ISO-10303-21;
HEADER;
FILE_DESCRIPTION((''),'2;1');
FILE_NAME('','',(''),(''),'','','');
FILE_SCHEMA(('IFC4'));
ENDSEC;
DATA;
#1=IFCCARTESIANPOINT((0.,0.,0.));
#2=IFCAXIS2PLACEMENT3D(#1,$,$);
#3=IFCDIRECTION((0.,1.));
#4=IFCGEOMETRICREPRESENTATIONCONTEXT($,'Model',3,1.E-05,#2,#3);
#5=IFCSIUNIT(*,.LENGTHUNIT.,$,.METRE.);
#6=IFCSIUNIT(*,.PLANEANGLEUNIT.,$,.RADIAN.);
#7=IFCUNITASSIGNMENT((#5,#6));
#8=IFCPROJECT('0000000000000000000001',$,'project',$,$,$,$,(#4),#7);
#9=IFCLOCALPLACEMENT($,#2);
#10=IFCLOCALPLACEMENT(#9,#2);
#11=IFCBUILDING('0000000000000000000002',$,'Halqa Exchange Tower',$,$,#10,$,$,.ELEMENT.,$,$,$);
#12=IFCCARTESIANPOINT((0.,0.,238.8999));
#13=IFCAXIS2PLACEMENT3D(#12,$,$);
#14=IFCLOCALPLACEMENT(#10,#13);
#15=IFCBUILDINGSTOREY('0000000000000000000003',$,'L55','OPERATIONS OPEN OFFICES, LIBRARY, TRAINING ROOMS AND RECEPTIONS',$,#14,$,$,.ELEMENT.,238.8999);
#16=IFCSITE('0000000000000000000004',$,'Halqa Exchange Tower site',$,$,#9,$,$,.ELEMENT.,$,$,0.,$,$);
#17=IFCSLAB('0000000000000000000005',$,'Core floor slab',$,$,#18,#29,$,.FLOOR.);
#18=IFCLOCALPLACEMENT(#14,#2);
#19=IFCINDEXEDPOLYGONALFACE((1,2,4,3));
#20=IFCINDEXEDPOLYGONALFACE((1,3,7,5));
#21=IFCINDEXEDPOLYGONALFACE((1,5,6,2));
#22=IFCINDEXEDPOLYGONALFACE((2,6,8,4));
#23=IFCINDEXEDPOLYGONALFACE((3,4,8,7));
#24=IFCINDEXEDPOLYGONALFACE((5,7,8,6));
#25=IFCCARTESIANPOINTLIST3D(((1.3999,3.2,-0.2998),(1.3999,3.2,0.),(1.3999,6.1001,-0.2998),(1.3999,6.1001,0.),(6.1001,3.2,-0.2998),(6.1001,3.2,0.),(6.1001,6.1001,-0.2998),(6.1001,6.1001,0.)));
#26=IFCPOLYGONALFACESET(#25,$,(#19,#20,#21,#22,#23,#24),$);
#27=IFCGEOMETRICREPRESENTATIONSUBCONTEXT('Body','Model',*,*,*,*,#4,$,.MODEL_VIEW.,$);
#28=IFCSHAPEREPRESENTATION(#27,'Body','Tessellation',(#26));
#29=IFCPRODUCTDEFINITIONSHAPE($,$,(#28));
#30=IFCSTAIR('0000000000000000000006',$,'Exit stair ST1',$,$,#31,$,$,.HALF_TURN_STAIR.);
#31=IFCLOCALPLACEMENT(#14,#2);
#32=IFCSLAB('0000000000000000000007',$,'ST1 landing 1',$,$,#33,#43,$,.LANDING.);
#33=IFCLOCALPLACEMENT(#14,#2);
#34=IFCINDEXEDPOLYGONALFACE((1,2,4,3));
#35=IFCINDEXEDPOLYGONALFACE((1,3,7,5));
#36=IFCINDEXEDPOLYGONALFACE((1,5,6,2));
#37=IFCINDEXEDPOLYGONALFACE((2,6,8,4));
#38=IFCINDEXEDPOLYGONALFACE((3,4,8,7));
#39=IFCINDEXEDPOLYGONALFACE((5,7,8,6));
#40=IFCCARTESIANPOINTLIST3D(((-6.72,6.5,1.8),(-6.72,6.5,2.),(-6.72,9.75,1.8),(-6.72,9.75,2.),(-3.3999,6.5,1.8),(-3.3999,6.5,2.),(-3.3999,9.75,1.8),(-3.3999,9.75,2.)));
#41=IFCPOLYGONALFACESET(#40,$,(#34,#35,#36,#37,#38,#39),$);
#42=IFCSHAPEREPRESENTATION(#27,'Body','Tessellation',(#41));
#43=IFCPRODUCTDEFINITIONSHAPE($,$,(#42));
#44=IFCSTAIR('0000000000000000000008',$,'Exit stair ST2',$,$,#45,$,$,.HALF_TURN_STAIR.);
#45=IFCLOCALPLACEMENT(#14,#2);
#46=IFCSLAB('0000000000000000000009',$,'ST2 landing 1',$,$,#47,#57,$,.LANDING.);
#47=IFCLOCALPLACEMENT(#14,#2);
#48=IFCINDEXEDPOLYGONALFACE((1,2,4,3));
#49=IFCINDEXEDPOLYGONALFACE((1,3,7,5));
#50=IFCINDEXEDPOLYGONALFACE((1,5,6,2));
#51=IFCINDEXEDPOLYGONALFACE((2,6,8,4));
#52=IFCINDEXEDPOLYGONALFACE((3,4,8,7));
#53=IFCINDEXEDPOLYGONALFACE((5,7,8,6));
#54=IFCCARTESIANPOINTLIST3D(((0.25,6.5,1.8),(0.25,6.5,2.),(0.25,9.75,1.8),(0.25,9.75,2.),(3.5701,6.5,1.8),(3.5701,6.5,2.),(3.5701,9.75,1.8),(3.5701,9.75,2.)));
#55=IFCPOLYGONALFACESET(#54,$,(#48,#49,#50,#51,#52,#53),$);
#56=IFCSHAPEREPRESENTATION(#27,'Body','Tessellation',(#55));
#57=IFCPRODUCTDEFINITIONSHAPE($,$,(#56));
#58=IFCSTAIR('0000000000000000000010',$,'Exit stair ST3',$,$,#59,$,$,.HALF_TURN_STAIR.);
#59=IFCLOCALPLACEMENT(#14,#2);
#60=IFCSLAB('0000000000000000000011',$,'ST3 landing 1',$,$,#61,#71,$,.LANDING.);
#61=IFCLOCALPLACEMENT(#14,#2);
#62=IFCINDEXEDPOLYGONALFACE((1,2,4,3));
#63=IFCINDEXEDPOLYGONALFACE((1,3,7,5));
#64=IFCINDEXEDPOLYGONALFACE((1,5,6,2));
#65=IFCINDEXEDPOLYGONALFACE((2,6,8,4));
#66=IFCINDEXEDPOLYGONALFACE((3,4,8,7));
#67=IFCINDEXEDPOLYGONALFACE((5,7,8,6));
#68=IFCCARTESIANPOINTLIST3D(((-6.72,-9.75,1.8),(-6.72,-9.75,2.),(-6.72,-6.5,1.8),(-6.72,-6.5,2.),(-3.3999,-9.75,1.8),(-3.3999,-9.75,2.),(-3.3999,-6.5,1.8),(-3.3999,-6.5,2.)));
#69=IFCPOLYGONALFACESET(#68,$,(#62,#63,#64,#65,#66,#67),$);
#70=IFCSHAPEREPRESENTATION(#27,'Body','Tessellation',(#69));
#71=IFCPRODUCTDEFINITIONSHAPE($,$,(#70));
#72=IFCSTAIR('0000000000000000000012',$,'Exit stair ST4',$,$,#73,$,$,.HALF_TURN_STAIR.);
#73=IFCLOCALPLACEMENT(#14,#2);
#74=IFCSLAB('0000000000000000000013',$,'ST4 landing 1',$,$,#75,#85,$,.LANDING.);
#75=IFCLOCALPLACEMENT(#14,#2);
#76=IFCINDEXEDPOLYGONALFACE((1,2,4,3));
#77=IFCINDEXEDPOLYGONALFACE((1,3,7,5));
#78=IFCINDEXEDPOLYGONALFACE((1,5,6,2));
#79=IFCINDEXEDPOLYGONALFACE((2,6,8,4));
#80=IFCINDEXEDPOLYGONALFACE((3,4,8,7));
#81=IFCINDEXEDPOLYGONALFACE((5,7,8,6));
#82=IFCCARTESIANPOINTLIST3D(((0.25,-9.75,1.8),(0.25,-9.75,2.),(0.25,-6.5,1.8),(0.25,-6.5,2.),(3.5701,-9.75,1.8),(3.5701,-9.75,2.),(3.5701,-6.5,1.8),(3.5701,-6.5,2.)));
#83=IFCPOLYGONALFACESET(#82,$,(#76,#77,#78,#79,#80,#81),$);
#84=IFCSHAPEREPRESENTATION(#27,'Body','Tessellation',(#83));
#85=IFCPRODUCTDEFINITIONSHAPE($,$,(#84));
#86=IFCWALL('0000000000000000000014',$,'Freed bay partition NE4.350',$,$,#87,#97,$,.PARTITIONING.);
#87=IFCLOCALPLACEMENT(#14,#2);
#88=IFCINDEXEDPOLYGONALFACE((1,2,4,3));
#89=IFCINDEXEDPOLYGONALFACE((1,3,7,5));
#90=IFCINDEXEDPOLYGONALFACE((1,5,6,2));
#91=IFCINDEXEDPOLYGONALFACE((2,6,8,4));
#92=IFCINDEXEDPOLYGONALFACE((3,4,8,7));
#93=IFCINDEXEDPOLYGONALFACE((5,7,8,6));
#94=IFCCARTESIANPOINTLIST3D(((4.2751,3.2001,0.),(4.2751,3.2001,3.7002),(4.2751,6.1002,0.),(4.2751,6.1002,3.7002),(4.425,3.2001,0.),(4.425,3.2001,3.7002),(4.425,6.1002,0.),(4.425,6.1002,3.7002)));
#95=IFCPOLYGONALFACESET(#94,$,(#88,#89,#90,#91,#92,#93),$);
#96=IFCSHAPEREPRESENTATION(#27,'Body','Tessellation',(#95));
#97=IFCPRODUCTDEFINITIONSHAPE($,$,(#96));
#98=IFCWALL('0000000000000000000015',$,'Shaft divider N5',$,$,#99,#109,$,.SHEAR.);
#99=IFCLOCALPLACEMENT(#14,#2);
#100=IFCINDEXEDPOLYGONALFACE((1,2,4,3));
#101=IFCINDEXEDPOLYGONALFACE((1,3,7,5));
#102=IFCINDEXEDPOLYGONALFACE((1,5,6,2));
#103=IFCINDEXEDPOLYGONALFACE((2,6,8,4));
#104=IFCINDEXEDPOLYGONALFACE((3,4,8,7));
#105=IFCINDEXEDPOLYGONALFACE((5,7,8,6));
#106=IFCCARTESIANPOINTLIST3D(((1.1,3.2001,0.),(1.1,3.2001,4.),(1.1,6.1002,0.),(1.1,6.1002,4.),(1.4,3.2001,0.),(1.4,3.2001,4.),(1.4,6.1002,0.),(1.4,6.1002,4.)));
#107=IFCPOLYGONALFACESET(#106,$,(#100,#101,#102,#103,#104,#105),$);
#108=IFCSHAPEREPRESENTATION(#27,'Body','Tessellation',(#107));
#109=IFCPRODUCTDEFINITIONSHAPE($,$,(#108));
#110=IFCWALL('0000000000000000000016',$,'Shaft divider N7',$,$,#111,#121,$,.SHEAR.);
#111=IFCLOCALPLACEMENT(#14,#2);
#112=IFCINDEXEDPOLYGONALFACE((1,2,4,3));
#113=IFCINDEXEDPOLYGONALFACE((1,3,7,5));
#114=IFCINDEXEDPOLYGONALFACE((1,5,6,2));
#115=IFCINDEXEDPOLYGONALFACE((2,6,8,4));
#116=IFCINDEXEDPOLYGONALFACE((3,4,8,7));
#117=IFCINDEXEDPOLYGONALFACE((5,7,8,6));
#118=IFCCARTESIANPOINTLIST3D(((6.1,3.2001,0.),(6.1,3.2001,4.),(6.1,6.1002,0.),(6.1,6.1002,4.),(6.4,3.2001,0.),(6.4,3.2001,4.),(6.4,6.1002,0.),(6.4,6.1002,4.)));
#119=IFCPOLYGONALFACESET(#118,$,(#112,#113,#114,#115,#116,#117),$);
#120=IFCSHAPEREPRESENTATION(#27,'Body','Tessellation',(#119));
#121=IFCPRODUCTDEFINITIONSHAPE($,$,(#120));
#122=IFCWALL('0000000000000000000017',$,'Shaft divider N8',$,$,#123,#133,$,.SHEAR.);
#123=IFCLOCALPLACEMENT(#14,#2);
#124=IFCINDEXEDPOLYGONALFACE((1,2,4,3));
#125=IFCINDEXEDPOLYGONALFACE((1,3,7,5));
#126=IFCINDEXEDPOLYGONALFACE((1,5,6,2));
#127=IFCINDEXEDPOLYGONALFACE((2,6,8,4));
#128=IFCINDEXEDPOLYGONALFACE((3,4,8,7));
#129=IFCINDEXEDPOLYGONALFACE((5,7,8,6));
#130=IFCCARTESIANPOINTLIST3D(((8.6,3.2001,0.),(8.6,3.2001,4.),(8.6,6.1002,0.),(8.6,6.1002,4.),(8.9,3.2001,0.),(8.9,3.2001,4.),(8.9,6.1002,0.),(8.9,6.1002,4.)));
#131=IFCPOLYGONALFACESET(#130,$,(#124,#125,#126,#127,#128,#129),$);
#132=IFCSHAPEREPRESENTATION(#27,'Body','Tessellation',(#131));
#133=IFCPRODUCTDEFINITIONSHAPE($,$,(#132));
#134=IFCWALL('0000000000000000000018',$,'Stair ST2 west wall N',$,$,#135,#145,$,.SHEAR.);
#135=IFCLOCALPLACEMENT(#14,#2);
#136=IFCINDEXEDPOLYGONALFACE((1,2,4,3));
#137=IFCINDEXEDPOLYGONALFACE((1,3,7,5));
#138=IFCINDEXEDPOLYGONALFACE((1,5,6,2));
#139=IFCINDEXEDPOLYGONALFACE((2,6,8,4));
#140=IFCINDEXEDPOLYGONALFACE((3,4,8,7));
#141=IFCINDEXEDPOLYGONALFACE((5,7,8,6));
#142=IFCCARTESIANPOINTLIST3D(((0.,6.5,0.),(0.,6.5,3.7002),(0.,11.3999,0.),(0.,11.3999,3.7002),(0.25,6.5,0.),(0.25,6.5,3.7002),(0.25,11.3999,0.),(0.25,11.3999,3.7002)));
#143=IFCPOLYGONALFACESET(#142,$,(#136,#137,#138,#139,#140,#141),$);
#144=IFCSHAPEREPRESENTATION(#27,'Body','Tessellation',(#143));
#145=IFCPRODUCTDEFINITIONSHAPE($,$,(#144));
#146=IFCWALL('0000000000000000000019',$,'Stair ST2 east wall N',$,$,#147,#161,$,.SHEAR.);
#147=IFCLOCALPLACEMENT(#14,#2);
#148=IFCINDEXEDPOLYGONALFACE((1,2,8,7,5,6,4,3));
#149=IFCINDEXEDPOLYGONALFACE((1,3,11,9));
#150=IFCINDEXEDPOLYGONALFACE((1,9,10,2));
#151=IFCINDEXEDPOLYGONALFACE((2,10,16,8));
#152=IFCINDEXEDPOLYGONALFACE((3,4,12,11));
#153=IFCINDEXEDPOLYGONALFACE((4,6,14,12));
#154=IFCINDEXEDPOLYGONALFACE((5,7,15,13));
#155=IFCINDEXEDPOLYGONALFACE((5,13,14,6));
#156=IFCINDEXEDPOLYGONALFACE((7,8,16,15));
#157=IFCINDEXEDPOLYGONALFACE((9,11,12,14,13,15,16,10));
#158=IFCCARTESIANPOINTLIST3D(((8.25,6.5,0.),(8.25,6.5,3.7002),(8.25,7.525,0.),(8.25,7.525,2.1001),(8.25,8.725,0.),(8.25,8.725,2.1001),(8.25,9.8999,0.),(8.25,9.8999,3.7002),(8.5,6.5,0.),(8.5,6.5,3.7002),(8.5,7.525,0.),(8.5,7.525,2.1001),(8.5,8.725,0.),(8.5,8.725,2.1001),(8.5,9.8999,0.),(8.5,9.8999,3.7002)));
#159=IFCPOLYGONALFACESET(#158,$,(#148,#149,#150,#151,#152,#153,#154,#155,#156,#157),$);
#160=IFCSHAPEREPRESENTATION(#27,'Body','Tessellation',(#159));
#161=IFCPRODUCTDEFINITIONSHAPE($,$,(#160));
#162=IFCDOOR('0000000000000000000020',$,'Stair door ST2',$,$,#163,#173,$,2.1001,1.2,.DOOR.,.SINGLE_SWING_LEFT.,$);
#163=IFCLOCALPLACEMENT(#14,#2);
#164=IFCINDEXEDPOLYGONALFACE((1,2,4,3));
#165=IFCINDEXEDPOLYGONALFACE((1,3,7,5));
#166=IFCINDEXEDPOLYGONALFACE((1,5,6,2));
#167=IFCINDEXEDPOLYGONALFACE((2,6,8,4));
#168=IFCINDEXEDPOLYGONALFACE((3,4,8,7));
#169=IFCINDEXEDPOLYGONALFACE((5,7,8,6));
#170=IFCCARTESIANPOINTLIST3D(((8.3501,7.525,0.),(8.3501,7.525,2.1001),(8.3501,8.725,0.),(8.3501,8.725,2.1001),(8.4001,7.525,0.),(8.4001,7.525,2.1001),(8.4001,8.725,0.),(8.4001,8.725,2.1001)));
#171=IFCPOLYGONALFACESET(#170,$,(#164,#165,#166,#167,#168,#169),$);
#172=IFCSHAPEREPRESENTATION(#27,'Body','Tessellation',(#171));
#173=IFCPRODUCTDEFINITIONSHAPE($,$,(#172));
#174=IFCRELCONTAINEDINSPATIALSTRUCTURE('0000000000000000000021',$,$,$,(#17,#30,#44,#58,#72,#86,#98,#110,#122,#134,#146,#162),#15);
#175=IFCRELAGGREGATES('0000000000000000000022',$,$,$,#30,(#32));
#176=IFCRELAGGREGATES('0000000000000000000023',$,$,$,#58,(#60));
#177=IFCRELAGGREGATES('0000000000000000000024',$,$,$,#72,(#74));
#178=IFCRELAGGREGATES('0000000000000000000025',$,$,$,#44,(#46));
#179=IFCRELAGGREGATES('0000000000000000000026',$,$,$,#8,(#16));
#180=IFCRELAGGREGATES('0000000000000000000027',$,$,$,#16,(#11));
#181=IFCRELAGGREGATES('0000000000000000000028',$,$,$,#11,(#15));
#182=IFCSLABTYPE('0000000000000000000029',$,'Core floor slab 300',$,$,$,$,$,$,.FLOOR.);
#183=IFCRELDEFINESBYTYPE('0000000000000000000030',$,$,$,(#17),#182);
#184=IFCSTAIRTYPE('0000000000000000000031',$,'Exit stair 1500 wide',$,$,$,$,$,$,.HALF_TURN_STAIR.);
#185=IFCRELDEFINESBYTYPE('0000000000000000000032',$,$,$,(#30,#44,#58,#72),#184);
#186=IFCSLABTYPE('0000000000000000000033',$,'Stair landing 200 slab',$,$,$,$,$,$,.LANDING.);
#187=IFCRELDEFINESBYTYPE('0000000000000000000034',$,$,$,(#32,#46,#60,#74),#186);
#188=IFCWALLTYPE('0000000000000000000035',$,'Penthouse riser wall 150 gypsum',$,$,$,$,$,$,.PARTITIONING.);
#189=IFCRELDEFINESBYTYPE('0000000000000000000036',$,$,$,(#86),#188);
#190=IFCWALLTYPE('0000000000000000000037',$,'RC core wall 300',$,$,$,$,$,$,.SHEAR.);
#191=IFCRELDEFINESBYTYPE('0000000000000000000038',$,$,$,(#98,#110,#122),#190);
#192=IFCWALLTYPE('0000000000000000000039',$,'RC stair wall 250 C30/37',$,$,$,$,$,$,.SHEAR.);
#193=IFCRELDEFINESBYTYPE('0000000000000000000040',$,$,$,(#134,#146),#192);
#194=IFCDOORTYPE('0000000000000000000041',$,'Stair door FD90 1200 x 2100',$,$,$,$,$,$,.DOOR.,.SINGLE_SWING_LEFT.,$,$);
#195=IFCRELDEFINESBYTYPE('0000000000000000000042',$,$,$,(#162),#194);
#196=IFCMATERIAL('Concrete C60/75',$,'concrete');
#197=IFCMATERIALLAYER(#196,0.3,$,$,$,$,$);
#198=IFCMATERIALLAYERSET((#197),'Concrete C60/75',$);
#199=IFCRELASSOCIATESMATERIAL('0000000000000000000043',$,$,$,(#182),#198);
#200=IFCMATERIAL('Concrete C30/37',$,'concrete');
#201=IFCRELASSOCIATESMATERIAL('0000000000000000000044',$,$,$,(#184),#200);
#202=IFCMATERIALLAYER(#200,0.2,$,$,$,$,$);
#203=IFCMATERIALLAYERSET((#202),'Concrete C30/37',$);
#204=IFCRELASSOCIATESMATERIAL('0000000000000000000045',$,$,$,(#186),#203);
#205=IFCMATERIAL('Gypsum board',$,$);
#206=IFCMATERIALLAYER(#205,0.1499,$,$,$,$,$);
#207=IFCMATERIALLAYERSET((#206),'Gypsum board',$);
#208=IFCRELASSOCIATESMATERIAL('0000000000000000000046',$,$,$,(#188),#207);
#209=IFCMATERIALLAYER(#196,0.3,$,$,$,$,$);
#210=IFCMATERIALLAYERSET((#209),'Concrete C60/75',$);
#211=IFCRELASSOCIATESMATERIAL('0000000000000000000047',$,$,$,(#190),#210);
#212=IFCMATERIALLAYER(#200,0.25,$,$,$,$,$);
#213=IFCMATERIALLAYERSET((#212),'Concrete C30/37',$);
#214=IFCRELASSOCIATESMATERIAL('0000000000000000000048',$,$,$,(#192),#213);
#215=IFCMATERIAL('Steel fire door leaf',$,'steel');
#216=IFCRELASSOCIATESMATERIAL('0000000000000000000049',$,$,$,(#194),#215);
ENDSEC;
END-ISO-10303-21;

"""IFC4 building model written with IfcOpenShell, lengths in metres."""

from ifc_helpers import new_model, si_unit, direction, frame, frame_2d, origin, place, context, subcontext, project, spatial, polyline, rectangle, outline, extrude, material, layer, layer_set, type_object, element, fill, aggregate, save


model = new_model("IFC4")

# Units and contexts
model_context = context("Model", 3, precision=1e-05, world=origin(), true_north=direction((0.0, 1.0)))
body_context = subcontext(model_context, "Body", "Model", "MODEL_VIEW")
ifc_project = project(units=[si_unit("LENGTHUNIT", "METRE"), si_unit("PLANEANGLEUNIT", "RADIAN")], contexts=[model_context])

# Site, building, storey
site_placement = place(None, origin())
site = spatial("IfcSite", under=ifc_project, at=site_placement, Name="Halqa Exchange Tower site", CompositionType="ELEMENT", RefElevation=0.0)
building_placement = place(site_placement, origin())
building = spatial("IfcBuilding", under=site, at=building_placement, Name="Halqa Exchange Tower", CompositionType="ELEMENT")
storey_placement = place(building_placement, frame((0.0, 0.0, 238.8999)))
storey = spatial("IfcBuildingStorey", under=building, at=storey_placement, Name="L55", Description="OPERATIONS OPEN OFFICES, LIBRARY, TRAINING ROOMS AND RECEPTIONS", CompositionType="ELEMENT", Elevation=238.8999)

# Slab
ifc_material_1 = material(Name="Concrete C60/75", Category="concrete")
ifc_layer_1 = layer(ifc_material_1, 0.3)
ifc_layer_set_1 = layer_set([ifc_layer_1], Name="Concrete C60/75")
slab_type_1 = type_object("IfcSlabType", Name="Core floor slab 300", PredefinedType="FLOOR", material=ifc_layer_set_1)
slab_1_placement = place(storey_placement, frame((0.0, 0.0, -0.2998)))
element("IfcSlab", 1, at=slab_1_placement, inside=storey, type_object=slab_type_1, Name="Core floor slab", PredefinedType="FLOOR", context=body_context, shape_type="SweptSolid", body=[
    extrude(outline(polyline([(6.1001, 6.1001), (6.1001, 3.2), (1.3999, 3.2), (1.3999, 6.1001), (6.1001, 6.1001)])), origin(), (0.0, 0.0, 1.0), 0.2998),
])

# Stairs, slabs
ifc_material_2 = material(Name="Concrete C30/37", Category="concrete")
stair_type = type_object("IfcStairType", Name="Exit stair 1500 wide", PredefinedType="HALF_TURN_STAIR", material=ifc_material_2)
stair_1_placement = place(storey_placement, origin())
stair_1 = element("IfcStair", 2, at=stair_1_placement, inside=storey, type_object=stair_type, Name="Exit stair ST1", PredefinedType="HALF_TURN_STAIR")
ifc_layer_2 = layer(ifc_material_2, 0.2)
ifc_layer_set_2 = layer_set([ifc_layer_2], Name="Concrete C30/37")
slab_type_2 = type_object("IfcSlabType", Name="Stair landing 200 slab", PredefinedType="LANDING", material=ifc_layer_set_2)
slab_2_placement = place(storey_placement, frame((0.0, 0.0, 1.8)))
slab_2 = element("IfcSlab", 3, at=slab_2_placement, type_object=slab_type_2, Name="ST1 landing 1", PredefinedType="LANDING", context=body_context, shape_type="SweptSolid", body=[
    extrude(outline(polyline([(-6.72, 6.5), (-3.3999, 6.5), (-3.3999, 9.75), (-6.72, 9.75), (-6.72, 6.5)])), origin(), (0.0, 0.0, 1.0), 0.2),
])
aggregate(stair_1, [slab_2])
stair_2_placement = place(storey_placement, origin())
stair_2 = element("IfcStair", 4, at=stair_2_placement, inside=storey, type_object=stair_type, Name="Exit stair ST2", PredefinedType="HALF_TURN_STAIR")
slab_3_placement = place(storey_placement, frame((0.0, 0.0, 1.8)))
slab_3 = element("IfcSlab", 5, at=slab_3_placement, type_object=slab_type_2, Name="ST2 landing 1", PredefinedType="LANDING", context=body_context, shape_type="SweptSolid", body=[
    extrude(outline(polyline([(0.25, 6.5), (3.5701, 6.5), (3.5701, 9.75), (0.25, 9.75), (0.25, 6.5)])), origin(), (0.0, 0.0, 1.0), 0.2),
])
stair_3_placement = place(storey_placement, origin())
stair_3 = element("IfcStair", 6, at=stair_3_placement, inside=storey, type_object=stair_type, Name="Exit stair ST3", PredefinedType="HALF_TURN_STAIR")
slab_4_placement = place(storey_placement, frame((0.0, 0.0, 1.8)))
slab_4 = element("IfcSlab", 7, at=slab_4_placement, type_object=slab_type_2, Name="ST3 landing 1", PredefinedType="LANDING", context=body_context, shape_type="SweptSolid", body=[
    extrude(outline(polyline([(-6.72, -9.75), (-3.3999, -9.75), (-3.3999, -6.5), (-6.72, -6.5), (-6.72, -9.75)])), origin(), (0.0, 0.0, 1.0), 0.2),
])
aggregate(stair_3, [slab_4])
stair_4_placement = place(storey_placement, origin())
stair_4 = element("IfcStair", 8, at=stair_4_placement, inside=storey, type_object=stair_type, Name="Exit stair ST4", PredefinedType="HALF_TURN_STAIR")
slab_5_placement = place(storey_placement, frame((0.0, 0.0, 1.8)))
slab_5 = element("IfcSlab", 9, at=slab_5_placement, type_object=slab_type_2, Name="ST4 landing 1", PredefinedType="LANDING", context=body_context, shape_type="SweptSolid", body=[
    extrude(outline(polyline([(0.25, -9.75), (3.5701, -9.75), (3.5701, -6.5), (0.25, -6.5), (0.25, -9.75)])), origin(), (0.0, 0.0, 1.0), 0.2),
])
aggregate(stair_4, [slab_5])

# Walls
ifc_material_3 = material(Name="Gypsum board")
ifc_layer_3 = layer(ifc_material_3, 0.1499)
ifc_layer_set_3 = layer_set([ifc_layer_3], Name="Gypsum board")
wall_type_1 = type_object("IfcWallType", Name="Penthouse riser wall 150 gypsum", PredefinedType="PARTITIONING", material=ifc_layer_set_3)
wall_1_placement = place(storey_placement, frame((4.3501, 3.2, 0.0), z_axis=(0.0, 0.0, 1.0), x_axis=(0.0, 1.0, 0.0)))
element("IfcWall", 10, at=wall_1_placement, inside=storey, type_object=wall_type_1, Name="Freed bay partition NE4.350", PredefinedType="PARTITIONING", context=body_context, shape_type="SweptSolid", body=[
    extrude(rectangle(XDim=2.9001, YDim=0.1499, at=frame_2d((1.4502, 0.0))), origin(), (0.0, 0.0, 1.0), 3.7002),
])
ifc_layer_4 = layer(ifc_material_1, 0.3)
ifc_layer_set_4 = layer_set([ifc_layer_4], Name="Concrete C60/75")
wall_type_2 = type_object("IfcWallType", Name="RC core wall 300", PredefinedType="SHEAR", material=ifc_layer_set_4)
for number, where, z_axis, x_axis, name in (
    (11, (1.25, 3.2, 0.0), (0.0, 0.0, 1.0), (0.0, 1.0, 0.0), "Shaft divider N5"),
    (12, (6.25, 3.2, 0.0), (0.0, 0.0, 1.0), (0.0, 1.0, 0.0), "Shaft divider N7"),
    (13, (8.75, 3.2, 0.0), (0.0, 0.0, 1.0), (0.0, 1.0, 0.0), "Shaft divider N8"),
):
    element("IfcWall", number, at=place(storey_placement, frame(where, z_axis=z_axis, x_axis=x_axis)), inside=storey, type_object=wall_type_2, Name=name, PredefinedType="SHEAR", context=body_context, shape_type="SweptSolid", body=[
        extrude(rectangle(XDim=2.9001, YDim=0.3, at=frame_2d((1.4502, 0.0))), origin(), (0.0, 0.0, 1.0), 4.0),
    ])
ifc_layer_5 = layer(ifc_material_2, 0.25)
ifc_layer_set_5 = layer_set([ifc_layer_5], Name="Concrete C30/37")
wall_type_3 = type_object("IfcWallType", Name="RC stair wall 250 C30/37", PredefinedType="SHEAR", material=ifc_layer_set_5)
wall_2_placement = place(storey_placement, frame((0.125, 6.5, 0.0), z_axis=(0.0, 0.0, 1.0), x_axis=(0.0, 1.0, 0.0)))
element("IfcWall", 14, at=wall_2_placement, inside=storey, type_object=wall_type_3, Name="Stair ST2 west wall N", PredefinedType="SHEAR", context=body_context, shape_type="SweptSolid", body=[
    extrude(rectangle(XDim=4.8999, YDim=0.25, at=frame_2d((2.45, 0.0))), origin(), (0.0, 0.0, 1.0), 3.7002),
])

# Wall, opening, door
wall_3_placement = place(storey_placement, frame((8.375, 6.5, 0.0), z_axis=(0.0, 0.0, 1.0), x_axis=(0.0, 1.0, 0.0)))
wall_3 = element("IfcWall", 15, at=wall_3_placement, inside=storey, type_object=wall_type_3, Name="Stair ST2 east wall N", PredefinedType="SHEAR", context=body_context, shape_type="SweptSolid", body=[
    extrude(rectangle(XDim=3.3999, YDim=0.25, at=frame_2d((1.7, 0.0))), origin(), (0.0, 0.0, 1.0), 3.7002),
])
opening_placement = place(wall_3_placement, frame((1.0249, 0.0, 0.0)))
opening = element("IfcOpeningElement", 16, at=opening_placement, cuts=wall_3, PredefinedType="OPENING", context=body_context, shape_type="SweptSolid", body=[
    extrude(rectangle(XDim=1.2, YDim=2.1001, at=frame_2d((0.6001, 1.05))), frame((0.0, 0.137, 0.0), z_axis=(0.0, -1.0, 0.0), x_axis=(1.0, 0.0, 0.0)), (0.0, 0.0, 1.0), 0.2739),
])
ifc_material_4 = material(Name="Steel fire door leaf", Category="steel")
door_type = type_object("IfcDoorType", Name="Stair door FD90 1200 x 2100", OperationType="SINGLE_SWING_LEFT", PredefinedType="DOOR", material=ifc_material_4)
door_placement = place(opening_placement, origin())
door = element("IfcDoor", 17, at=door_placement, inside=storey, type_object=door_type, Name="Stair door ST2", OperationType="SINGLE_SWING_LEFT", OverallHeight=2.1001, OverallWidth=1.2, PredefinedType="DOOR", context=body_context, shape_type="SweptSolid", body=[
    extrude(rectangle(XDim=1.2, YDim=2.1001, at=frame_2d((0.6001, 1.05))), frame((0.0, 0.0249, 0.0), z_axis=(0.0, -1.0, 0.0), x_axis=(1.0, 0.0, 0.0)), (0.0, 0.0, 1.0), 0.05),
])
fill(opening, door)

aggregate(stair_2, [slab_3])

save(model, "model.ifc")
